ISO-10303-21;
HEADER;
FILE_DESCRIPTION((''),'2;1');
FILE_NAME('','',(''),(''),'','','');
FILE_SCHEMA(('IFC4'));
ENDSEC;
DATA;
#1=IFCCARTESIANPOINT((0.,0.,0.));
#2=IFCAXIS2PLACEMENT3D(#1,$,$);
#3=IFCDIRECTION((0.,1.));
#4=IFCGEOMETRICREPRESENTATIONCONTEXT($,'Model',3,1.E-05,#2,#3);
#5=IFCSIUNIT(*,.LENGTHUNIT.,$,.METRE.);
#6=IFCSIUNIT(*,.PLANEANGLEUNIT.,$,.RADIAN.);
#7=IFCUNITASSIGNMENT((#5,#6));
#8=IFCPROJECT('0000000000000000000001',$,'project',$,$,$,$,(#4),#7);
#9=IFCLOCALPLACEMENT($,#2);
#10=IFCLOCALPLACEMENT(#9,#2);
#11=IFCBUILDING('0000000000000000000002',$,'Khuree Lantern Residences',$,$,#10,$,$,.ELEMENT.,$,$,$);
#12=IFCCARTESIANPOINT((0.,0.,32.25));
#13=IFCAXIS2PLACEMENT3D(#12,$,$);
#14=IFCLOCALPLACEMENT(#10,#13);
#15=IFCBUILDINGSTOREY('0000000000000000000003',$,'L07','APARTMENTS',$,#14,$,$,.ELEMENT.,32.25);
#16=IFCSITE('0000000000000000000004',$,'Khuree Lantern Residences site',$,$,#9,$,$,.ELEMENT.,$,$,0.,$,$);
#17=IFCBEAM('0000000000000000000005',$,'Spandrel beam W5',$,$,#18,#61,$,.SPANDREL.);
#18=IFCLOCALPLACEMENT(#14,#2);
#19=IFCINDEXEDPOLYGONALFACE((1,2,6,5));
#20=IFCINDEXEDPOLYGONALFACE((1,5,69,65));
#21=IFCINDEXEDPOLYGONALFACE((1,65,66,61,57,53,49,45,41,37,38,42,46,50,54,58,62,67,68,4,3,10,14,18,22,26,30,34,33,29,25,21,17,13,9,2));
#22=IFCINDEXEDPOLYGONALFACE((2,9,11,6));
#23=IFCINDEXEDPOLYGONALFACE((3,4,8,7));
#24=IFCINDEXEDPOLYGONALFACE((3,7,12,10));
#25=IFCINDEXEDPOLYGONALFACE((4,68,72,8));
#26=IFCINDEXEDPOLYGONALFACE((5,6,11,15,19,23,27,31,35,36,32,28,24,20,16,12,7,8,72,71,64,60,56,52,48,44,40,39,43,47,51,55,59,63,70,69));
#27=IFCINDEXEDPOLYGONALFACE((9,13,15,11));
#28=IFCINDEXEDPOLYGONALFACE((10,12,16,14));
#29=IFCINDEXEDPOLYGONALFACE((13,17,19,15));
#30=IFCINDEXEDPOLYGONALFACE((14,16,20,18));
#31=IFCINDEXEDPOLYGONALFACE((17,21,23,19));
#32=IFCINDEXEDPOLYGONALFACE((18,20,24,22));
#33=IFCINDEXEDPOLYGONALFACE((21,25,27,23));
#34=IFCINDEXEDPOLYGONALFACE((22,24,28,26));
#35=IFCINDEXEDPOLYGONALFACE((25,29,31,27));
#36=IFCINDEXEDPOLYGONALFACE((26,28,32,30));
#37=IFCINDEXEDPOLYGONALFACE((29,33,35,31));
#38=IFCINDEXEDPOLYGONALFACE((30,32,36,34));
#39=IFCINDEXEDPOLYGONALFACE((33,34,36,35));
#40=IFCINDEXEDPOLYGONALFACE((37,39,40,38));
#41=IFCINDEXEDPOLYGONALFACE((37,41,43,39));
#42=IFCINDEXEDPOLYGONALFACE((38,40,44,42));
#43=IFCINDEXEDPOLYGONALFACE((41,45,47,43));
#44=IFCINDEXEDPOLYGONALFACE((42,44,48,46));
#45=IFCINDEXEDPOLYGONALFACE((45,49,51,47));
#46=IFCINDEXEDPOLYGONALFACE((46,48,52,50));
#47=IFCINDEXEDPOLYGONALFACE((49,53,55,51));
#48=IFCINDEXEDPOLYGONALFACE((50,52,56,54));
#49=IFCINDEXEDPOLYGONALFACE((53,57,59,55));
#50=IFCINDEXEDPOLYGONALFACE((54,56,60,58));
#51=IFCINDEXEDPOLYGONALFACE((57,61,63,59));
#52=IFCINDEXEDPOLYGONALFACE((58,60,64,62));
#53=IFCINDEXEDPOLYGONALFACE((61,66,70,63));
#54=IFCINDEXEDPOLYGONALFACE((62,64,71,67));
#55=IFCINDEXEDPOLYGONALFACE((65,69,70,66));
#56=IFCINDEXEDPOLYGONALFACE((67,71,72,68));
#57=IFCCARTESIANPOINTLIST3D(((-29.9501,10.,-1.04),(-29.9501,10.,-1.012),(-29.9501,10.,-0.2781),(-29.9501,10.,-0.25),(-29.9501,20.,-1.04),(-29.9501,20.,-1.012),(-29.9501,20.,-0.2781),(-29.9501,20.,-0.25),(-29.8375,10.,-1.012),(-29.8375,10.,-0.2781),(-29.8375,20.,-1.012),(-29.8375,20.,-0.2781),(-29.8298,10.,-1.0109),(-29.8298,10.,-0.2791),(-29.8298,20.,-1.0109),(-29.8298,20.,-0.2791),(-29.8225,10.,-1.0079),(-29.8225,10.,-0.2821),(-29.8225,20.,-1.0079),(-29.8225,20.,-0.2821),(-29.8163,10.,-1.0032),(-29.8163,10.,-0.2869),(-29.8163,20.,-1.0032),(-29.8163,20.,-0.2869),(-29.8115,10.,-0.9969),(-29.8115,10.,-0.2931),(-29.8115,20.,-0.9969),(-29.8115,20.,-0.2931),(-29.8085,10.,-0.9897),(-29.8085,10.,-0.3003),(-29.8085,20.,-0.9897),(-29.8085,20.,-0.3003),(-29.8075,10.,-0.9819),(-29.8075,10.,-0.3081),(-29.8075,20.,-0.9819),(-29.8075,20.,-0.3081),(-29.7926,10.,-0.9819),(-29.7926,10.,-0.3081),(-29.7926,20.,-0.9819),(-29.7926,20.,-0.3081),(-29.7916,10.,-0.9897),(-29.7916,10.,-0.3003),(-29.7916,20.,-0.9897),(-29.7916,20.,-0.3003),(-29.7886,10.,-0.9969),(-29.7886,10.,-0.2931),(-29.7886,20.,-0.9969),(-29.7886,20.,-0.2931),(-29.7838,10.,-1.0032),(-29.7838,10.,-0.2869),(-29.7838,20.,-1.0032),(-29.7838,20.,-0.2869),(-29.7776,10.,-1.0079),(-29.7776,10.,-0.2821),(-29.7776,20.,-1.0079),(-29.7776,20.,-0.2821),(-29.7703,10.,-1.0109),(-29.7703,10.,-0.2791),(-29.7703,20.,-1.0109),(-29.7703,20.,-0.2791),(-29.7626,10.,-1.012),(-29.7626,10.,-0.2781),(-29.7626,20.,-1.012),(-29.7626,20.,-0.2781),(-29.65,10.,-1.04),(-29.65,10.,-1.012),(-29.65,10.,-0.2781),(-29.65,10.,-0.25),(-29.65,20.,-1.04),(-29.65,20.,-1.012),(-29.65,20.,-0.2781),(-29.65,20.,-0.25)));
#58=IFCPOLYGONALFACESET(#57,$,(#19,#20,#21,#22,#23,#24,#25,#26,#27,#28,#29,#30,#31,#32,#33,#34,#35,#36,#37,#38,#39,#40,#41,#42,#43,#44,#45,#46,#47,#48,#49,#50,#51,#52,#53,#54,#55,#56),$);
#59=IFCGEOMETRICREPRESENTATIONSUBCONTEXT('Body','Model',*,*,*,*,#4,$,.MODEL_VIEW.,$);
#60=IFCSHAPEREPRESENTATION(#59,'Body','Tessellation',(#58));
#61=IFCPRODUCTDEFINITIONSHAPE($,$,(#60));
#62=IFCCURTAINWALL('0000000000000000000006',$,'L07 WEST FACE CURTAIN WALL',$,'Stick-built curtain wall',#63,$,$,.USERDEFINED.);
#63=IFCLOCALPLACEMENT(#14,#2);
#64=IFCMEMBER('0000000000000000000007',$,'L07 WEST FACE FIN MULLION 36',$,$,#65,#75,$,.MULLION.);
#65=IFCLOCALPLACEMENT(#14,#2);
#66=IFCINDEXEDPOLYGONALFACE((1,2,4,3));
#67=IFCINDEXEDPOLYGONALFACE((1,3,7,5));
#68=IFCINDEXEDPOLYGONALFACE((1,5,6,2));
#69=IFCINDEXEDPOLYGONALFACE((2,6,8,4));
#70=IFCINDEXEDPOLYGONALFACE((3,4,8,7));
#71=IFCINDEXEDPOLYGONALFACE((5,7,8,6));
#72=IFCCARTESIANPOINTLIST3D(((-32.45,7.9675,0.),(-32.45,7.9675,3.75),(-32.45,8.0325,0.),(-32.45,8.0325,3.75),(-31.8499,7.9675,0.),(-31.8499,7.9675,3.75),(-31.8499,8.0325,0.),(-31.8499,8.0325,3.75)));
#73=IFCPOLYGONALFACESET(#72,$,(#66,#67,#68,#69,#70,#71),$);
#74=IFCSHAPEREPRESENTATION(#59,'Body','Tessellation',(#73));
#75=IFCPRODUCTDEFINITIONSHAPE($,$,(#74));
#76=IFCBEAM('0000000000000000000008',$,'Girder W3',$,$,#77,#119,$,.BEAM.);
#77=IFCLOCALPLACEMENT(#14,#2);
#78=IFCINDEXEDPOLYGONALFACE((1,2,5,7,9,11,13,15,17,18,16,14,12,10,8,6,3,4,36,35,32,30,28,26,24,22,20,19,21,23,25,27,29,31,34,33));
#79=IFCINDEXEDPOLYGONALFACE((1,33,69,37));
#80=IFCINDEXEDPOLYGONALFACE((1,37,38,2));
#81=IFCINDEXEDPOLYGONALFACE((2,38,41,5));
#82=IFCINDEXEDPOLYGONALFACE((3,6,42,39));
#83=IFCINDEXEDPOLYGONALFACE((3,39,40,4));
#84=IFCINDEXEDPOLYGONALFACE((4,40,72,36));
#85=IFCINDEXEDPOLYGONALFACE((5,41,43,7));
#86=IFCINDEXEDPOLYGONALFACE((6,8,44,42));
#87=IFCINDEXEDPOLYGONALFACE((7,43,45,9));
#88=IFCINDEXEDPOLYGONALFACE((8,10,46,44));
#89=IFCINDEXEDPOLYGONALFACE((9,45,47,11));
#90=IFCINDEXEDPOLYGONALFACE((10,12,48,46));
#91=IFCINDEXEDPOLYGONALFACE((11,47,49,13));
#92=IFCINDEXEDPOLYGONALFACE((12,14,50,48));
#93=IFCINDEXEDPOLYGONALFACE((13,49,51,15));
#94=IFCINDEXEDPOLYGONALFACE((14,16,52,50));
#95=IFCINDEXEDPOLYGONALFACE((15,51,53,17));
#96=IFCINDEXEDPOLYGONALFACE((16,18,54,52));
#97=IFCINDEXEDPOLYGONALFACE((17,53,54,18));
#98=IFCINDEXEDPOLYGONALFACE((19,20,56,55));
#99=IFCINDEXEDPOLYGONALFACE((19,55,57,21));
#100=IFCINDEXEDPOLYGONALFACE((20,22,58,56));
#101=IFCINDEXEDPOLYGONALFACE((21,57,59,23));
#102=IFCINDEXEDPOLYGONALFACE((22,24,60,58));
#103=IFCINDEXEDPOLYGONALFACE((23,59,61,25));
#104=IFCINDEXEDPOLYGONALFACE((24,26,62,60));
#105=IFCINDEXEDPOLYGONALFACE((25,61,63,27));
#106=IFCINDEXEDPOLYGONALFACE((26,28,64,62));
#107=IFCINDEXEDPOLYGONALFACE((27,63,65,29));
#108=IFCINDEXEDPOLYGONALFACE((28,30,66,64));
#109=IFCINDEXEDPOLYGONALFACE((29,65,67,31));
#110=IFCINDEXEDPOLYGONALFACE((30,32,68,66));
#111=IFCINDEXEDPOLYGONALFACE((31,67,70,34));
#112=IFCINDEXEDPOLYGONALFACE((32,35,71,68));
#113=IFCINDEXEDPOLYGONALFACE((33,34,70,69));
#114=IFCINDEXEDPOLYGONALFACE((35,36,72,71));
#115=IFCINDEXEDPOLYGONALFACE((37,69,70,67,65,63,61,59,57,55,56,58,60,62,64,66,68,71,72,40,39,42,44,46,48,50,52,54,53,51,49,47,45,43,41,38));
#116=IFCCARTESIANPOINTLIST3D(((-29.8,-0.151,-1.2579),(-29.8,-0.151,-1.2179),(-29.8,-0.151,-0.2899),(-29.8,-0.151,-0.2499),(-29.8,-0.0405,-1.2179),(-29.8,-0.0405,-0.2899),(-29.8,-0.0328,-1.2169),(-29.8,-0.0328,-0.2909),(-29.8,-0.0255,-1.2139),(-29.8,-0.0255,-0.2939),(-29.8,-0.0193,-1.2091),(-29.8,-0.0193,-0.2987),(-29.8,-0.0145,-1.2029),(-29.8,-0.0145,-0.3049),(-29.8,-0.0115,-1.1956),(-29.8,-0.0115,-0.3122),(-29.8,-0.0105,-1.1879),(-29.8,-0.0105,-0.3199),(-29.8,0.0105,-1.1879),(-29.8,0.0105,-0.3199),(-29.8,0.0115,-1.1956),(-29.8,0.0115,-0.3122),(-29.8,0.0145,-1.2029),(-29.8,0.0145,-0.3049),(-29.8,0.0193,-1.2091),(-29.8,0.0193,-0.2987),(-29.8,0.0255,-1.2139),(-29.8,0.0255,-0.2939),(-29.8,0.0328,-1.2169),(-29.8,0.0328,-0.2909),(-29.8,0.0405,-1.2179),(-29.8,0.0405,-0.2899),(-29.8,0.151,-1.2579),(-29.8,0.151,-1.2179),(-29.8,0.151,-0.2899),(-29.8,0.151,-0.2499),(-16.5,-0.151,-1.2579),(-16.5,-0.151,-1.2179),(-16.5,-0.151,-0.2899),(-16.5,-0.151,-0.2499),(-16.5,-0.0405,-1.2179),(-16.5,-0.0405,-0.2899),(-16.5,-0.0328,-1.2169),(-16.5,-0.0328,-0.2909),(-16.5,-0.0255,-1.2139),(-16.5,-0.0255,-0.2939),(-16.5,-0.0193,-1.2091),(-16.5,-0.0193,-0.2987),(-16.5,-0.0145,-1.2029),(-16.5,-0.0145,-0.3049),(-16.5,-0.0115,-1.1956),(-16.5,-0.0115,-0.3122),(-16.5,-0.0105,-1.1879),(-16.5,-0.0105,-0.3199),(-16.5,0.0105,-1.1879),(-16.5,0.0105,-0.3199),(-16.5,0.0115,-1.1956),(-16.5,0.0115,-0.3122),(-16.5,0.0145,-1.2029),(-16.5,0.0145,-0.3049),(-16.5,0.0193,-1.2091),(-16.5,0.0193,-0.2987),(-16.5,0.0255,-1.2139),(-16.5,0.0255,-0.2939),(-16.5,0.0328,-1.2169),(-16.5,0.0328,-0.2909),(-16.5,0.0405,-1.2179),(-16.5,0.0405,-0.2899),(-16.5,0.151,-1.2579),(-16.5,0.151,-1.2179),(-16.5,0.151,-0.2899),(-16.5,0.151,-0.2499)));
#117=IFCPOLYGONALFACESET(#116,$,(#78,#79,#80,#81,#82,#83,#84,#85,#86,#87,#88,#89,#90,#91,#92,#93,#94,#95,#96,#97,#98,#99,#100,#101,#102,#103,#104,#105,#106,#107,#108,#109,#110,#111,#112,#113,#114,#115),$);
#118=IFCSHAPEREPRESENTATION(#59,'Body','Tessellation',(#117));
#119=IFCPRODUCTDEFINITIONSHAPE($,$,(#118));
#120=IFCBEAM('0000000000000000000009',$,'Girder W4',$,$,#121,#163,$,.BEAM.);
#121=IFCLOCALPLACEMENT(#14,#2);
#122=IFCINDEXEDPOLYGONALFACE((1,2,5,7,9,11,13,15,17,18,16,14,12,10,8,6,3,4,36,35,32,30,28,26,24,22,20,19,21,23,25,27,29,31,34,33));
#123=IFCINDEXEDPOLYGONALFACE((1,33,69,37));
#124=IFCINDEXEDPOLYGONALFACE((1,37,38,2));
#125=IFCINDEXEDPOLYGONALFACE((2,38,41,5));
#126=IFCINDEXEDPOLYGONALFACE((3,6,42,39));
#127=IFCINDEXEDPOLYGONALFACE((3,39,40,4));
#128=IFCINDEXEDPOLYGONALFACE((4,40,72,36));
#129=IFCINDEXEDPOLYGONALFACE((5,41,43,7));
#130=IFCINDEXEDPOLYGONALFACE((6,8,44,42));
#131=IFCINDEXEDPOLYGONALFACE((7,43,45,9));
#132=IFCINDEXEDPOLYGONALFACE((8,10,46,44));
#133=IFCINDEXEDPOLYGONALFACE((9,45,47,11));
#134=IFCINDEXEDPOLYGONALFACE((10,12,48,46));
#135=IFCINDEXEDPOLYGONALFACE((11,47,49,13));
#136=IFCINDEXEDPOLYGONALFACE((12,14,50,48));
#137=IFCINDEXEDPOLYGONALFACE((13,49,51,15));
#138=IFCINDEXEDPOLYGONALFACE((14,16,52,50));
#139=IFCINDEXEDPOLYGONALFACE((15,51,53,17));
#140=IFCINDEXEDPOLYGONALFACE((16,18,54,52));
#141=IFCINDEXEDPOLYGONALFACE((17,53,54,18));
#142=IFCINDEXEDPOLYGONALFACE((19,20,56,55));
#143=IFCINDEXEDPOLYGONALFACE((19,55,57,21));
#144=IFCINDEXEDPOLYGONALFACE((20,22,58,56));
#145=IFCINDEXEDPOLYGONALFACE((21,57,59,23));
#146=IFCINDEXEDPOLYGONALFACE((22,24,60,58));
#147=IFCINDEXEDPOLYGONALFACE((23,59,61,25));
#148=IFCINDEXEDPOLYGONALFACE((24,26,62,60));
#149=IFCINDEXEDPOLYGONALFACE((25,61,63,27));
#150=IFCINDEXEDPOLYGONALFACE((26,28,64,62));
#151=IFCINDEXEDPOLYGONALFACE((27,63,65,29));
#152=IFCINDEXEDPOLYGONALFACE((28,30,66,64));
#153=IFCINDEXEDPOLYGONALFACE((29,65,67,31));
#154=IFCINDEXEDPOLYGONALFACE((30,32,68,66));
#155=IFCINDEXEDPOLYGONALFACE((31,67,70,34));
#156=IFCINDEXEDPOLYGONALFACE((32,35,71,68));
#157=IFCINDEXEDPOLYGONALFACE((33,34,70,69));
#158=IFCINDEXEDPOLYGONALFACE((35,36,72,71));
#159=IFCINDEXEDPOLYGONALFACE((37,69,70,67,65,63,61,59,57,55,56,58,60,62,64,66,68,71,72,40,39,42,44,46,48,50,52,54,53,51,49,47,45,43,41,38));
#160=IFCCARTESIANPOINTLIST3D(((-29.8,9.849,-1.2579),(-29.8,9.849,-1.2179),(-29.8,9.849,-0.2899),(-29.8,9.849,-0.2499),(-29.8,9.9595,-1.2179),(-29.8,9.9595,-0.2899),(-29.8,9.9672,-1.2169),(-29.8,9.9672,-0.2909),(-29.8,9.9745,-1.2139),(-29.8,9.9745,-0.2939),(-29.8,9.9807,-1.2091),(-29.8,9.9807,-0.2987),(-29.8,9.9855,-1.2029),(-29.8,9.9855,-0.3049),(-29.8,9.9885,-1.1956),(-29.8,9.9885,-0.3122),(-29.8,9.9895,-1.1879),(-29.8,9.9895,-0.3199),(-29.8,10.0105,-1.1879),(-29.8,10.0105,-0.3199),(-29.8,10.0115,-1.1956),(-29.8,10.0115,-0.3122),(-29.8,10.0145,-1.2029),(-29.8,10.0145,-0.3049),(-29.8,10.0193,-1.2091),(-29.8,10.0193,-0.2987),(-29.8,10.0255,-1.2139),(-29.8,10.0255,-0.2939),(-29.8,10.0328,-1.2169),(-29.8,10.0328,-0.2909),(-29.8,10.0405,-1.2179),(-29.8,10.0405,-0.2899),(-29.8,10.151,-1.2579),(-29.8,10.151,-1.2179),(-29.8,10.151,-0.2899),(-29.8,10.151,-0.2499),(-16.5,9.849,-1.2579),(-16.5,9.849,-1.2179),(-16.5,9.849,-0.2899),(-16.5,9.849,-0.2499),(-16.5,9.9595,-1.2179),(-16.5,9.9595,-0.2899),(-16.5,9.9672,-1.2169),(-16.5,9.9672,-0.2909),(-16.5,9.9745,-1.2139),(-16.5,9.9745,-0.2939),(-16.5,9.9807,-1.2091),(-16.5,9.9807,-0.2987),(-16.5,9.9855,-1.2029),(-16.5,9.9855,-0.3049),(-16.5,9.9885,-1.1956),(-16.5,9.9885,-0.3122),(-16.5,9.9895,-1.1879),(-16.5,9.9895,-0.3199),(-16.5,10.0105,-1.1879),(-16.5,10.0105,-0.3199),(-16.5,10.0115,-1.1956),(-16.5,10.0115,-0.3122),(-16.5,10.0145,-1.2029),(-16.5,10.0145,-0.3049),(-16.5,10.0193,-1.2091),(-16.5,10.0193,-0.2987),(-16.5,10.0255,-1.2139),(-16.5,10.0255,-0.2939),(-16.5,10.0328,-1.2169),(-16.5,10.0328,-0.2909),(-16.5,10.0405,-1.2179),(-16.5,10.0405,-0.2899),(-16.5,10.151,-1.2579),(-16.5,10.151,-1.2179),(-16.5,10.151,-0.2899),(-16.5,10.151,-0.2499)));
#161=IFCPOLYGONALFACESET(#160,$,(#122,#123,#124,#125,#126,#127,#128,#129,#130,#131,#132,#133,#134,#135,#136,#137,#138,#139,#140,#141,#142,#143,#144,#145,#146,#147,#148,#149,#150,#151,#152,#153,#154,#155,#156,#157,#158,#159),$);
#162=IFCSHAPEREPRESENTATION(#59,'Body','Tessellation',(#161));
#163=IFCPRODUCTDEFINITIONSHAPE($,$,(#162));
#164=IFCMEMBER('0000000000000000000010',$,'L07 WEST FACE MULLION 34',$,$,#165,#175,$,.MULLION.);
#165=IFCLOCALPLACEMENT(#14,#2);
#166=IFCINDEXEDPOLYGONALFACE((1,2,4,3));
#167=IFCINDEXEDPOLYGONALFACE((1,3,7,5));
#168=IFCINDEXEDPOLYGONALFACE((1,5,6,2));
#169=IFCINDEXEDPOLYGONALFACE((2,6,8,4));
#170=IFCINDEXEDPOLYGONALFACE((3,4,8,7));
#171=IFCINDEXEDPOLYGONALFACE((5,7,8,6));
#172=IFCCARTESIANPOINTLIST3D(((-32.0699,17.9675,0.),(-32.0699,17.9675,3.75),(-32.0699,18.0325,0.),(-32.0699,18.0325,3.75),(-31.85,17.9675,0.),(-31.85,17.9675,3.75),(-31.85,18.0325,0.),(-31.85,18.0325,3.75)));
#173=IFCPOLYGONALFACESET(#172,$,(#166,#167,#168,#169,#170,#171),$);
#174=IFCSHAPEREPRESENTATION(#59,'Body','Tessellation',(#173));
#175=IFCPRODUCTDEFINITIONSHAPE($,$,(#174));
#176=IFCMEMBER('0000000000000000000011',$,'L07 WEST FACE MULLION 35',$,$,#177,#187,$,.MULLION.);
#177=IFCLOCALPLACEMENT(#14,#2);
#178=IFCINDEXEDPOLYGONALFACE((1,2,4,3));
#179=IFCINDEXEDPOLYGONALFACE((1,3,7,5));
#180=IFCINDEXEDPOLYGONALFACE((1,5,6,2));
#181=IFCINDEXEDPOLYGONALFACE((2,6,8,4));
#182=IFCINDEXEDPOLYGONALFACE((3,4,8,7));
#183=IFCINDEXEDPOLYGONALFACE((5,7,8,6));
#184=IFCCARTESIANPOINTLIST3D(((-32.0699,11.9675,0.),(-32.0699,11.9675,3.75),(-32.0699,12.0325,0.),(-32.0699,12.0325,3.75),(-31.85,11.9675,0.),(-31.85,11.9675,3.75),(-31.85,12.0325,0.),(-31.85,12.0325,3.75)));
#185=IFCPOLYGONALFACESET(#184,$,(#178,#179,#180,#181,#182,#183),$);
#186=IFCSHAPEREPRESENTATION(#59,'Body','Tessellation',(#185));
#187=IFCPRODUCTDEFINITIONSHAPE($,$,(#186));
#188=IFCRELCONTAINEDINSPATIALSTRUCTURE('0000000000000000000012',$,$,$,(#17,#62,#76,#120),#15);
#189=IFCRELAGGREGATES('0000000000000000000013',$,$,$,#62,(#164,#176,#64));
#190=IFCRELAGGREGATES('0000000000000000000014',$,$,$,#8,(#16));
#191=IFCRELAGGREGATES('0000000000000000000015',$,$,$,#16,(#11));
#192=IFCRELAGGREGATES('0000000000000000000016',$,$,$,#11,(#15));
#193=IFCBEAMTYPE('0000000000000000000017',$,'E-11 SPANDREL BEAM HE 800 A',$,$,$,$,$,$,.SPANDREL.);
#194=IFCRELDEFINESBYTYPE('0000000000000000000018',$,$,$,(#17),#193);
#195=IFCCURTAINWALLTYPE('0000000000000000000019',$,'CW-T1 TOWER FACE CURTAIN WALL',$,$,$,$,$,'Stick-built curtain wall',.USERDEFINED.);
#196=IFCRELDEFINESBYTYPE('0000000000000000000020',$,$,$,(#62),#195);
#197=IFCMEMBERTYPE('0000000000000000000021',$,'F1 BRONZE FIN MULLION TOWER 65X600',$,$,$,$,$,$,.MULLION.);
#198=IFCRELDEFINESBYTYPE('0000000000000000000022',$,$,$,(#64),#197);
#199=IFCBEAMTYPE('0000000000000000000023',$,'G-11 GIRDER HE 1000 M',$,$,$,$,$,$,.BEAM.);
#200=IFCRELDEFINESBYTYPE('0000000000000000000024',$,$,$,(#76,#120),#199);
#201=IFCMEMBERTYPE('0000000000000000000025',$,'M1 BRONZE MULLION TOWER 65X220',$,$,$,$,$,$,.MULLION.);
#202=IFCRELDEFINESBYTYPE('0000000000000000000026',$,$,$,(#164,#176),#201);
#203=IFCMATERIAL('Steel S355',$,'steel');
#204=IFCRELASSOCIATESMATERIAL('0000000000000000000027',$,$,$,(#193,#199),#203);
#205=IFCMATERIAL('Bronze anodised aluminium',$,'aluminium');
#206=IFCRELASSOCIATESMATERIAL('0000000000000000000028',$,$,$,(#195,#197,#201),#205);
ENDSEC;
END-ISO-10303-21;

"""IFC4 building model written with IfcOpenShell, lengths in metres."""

from ifc_helpers import new_model, si_unit, direction, frame, origin, origin_2d, place, context, subcontext, project, spatial, rectangle, i_section, extrude, material, material_profile, profile_set, type_object, element, aggregate, save


model = new_model("IFC4")

# Units and contexts
model_context = context("Model", 3, precision=1e-05, world=origin(), true_north=direction((0.0, 1.0)))
body_context = subcontext(model_context, "Body", "Model", "MODEL_VIEW")
ifc_project = project(units=[si_unit("LENGTHUNIT", "METRE"), si_unit("PLANEANGLEUNIT", "RADIAN")], contexts=[model_context])

# Site, building, storey
site_placement = place(None, origin())
site = spatial("IfcSite", under=ifc_project, at=site_placement, Name="Khuree Lantern Residences site", CompositionType="ELEMENT", RefElevation=0.0)
building_placement = place(site_placement, origin())
building = spatial("IfcBuilding", under=site, at=building_placement, Name="Khuree Lantern Residences", CompositionType="ELEMENT")
storey_placement = place(building_placement, frame((0.0, 0.0, 32.25)))
storey = spatial("IfcBuildingStorey", under=building, at=storey_placement, Name="L07", Description="APARTMENTS", CompositionType="ELEMENT", Elevation=32.25)

# Beam
ifc_material_1 = material(Name="Steel S355", Category="steel")
ifc_material_profile_1 = material_profile(ifc_material_1, i_section(OverallWidth=0.3, OverallDepth=0.79, WebThickness=0.0149, FlangeThickness=0.0281, FilletRadius=0.03, at=origin_2d()), Name="HE 800 A")
ifc_profile_set_1 = profile_set([ifc_material_profile_1], Name="Steel S355")
beam_type_1 = type_object("IfcBeamType", Name="E-11 SPANDREL BEAM HE 800 A", PredefinedType="SPANDREL", material=ifc_profile_set_1)
for number, where, z_axis, x_axis, name in (
    (1, (-29.8, 10.0, -0.645), (0.0, 1.0, 0.0), (-1.0, 0.0, 0.0), "Spandrel beam W5"),
):
    element("IfcBeam", number, at=place(storey_placement, frame(where, z_axis=z_axis, x_axis=x_axis)), inside=storey, type_object=beam_type_1, Name=name, PredefinedType="SPANDREL", context=body_context, shape_type="SweptSolid", body=[
        extrude(i_section(OverallWidth=0.3, OverallDepth=0.79, WebThickness=0.0149, FlangeThickness=0.0281, FilletRadius=0.03, at=origin_2d()), origin(), (0.0, 0.0, 1.0), 10.0),
    ])

# Curtain wall, member
ifc_material_2 = material(Name="Bronze anodised aluminium", Category="aluminium")
curtain_wall_type = type_object("IfcCurtainWallType", Name="CW-T1 TOWER FACE CURTAIN WALL", ElementType="Stick-built curtain wall", PredefinedType="USERDEFINED", material=ifc_material_2)
curtain_wall_placement = place(storey_placement, origin())
curtain_wall = element("IfcCurtainWall", 2, at=curtain_wall_placement, inside=storey, type_object=curtain_wall_type, Name="L07 WEST FACE CURTAIN WALL", ObjectType="Stick-built curtain wall", PredefinedType="USERDEFINED")
ifc_material_profile_2 = material_profile(ifc_material_2, rectangle(XDim=0.0649, YDim=0.6001, at=origin_2d()), Name="F1 65X600")
ifc_profile_set_2 = profile_set([ifc_material_profile_2], Name="Bronze anodised aluminium")
member_type_1 = type_object("IfcMemberType", Name="F1 BRONZE FIN MULLION TOWER 65X600", PredefinedType="MULLION", material=ifc_profile_set_2)
member_1_placement = place(storey_placement, frame((-32.1499, 8.0, 0.0), z_axis=(0.0, 0.0, 1.0), x_axis=(0.0, -1.0, 0.0)))
member_1 = element("IfcMember", 3, at=member_1_placement, type_object=member_type_1, Name="L07 WEST FACE FIN MULLION 36", PredefinedType="MULLION", context=body_context, shape_type="SweptSolid", body=[
    extrude(rectangle(XDim=0.0649, YDim=0.6001, at=origin_2d()), origin(), (0.0, 0.0, 1.0), 3.75),
])

# Beams
ifc_material_profile_3 = material_profile(ifc_material_1, i_section(OverallWidth=0.302, OverallDepth=1.0081, WebThickness=0.021, FlangeThickness=0.04, FilletRadius=0.03, at=origin_2d()), Name="HE 1000 M")
ifc_profile_set_3 = profile_set([ifc_material_profile_3], Name="Steel S355")
beam_type_2 = type_object("IfcBeamType", Name="G-11 GIRDER HE 1000 M", PredefinedType="BEAM", material=ifc_profile_set_3)
for number, where, z_axis, x_axis, name in (
    (4, (-29.8, 0.0, -0.7539), (1.0, 0.0, 0.0), (0.0, 1.0, 0.0), "Girder W3"),
    (5, (-29.8, 10.0, -0.7539), (1.0, 0.0, 0.0), (0.0, 1.0, 0.0), "Girder W4"),
):
    element("IfcBeam", number, at=place(storey_placement, frame(where, z_axis=z_axis, x_axis=x_axis)), inside=storey, type_object=beam_type_2, Name=name, PredefinedType="BEAM", context=body_context, shape_type="SweptSolid", body=[
        extrude(i_section(OverallWidth=0.302, OverallDepth=1.0081, WebThickness=0.021, FlangeThickness=0.04, FilletRadius=0.03, at=origin_2d()), origin(), (0.0, 0.0, 1.0), 13.3),
    ])

# Members
ifc_material_profile_4 = material_profile(ifc_material_2, rectangle(XDim=0.0649, YDim=0.22, at=origin_2d()), Name="M1 65X220")
ifc_profile_set_4 = profile_set([ifc_material_profile_4], Name="Bronze anodised aluminium")
member_type_2 = type_object("IfcMemberType", Name="M1 BRONZE MULLION TOWER 65X220", PredefinedType="MULLION", material=ifc_profile_set_4)
member_2_placement = place(storey_placement, frame((-31.96, 18.0, 0.0), z_axis=(0.0, 0.0, 1.0), x_axis=(0.0, -1.0, 0.0)))
member_2 = element("IfcMember", 6, at=member_2_placement, type_object=member_type_2, Name="L07 WEST FACE MULLION 34", PredefinedType="MULLION", context=body_context, shape_type="SweptSolid", body=[
    extrude(rectangle(XDim=0.0649, YDim=0.22, at=origin_2d()), origin(), (0.0, 0.0, 1.0), 3.75),
])
member_3_placement = place(storey_placement, frame((-31.96, 12.0, 0.0), z_axis=(0.0, 0.0, 1.0), x_axis=(0.0, -1.0, 0.0)))
member_3 = element("IfcMember", 7, at=member_3_placement, type_object=member_type_2, Name="L07 WEST FACE MULLION 35", PredefinedType="MULLION", context=body_context, shape_type="SweptSolid", body=[
    extrude(rectangle(XDim=0.0649, YDim=0.22, at=origin_2d()), origin(), (0.0, 0.0, 1.0), 3.75),
])

aggregate(curtain_wall, [member_2, member_3, member_1])

save(model, "model.ifc")
